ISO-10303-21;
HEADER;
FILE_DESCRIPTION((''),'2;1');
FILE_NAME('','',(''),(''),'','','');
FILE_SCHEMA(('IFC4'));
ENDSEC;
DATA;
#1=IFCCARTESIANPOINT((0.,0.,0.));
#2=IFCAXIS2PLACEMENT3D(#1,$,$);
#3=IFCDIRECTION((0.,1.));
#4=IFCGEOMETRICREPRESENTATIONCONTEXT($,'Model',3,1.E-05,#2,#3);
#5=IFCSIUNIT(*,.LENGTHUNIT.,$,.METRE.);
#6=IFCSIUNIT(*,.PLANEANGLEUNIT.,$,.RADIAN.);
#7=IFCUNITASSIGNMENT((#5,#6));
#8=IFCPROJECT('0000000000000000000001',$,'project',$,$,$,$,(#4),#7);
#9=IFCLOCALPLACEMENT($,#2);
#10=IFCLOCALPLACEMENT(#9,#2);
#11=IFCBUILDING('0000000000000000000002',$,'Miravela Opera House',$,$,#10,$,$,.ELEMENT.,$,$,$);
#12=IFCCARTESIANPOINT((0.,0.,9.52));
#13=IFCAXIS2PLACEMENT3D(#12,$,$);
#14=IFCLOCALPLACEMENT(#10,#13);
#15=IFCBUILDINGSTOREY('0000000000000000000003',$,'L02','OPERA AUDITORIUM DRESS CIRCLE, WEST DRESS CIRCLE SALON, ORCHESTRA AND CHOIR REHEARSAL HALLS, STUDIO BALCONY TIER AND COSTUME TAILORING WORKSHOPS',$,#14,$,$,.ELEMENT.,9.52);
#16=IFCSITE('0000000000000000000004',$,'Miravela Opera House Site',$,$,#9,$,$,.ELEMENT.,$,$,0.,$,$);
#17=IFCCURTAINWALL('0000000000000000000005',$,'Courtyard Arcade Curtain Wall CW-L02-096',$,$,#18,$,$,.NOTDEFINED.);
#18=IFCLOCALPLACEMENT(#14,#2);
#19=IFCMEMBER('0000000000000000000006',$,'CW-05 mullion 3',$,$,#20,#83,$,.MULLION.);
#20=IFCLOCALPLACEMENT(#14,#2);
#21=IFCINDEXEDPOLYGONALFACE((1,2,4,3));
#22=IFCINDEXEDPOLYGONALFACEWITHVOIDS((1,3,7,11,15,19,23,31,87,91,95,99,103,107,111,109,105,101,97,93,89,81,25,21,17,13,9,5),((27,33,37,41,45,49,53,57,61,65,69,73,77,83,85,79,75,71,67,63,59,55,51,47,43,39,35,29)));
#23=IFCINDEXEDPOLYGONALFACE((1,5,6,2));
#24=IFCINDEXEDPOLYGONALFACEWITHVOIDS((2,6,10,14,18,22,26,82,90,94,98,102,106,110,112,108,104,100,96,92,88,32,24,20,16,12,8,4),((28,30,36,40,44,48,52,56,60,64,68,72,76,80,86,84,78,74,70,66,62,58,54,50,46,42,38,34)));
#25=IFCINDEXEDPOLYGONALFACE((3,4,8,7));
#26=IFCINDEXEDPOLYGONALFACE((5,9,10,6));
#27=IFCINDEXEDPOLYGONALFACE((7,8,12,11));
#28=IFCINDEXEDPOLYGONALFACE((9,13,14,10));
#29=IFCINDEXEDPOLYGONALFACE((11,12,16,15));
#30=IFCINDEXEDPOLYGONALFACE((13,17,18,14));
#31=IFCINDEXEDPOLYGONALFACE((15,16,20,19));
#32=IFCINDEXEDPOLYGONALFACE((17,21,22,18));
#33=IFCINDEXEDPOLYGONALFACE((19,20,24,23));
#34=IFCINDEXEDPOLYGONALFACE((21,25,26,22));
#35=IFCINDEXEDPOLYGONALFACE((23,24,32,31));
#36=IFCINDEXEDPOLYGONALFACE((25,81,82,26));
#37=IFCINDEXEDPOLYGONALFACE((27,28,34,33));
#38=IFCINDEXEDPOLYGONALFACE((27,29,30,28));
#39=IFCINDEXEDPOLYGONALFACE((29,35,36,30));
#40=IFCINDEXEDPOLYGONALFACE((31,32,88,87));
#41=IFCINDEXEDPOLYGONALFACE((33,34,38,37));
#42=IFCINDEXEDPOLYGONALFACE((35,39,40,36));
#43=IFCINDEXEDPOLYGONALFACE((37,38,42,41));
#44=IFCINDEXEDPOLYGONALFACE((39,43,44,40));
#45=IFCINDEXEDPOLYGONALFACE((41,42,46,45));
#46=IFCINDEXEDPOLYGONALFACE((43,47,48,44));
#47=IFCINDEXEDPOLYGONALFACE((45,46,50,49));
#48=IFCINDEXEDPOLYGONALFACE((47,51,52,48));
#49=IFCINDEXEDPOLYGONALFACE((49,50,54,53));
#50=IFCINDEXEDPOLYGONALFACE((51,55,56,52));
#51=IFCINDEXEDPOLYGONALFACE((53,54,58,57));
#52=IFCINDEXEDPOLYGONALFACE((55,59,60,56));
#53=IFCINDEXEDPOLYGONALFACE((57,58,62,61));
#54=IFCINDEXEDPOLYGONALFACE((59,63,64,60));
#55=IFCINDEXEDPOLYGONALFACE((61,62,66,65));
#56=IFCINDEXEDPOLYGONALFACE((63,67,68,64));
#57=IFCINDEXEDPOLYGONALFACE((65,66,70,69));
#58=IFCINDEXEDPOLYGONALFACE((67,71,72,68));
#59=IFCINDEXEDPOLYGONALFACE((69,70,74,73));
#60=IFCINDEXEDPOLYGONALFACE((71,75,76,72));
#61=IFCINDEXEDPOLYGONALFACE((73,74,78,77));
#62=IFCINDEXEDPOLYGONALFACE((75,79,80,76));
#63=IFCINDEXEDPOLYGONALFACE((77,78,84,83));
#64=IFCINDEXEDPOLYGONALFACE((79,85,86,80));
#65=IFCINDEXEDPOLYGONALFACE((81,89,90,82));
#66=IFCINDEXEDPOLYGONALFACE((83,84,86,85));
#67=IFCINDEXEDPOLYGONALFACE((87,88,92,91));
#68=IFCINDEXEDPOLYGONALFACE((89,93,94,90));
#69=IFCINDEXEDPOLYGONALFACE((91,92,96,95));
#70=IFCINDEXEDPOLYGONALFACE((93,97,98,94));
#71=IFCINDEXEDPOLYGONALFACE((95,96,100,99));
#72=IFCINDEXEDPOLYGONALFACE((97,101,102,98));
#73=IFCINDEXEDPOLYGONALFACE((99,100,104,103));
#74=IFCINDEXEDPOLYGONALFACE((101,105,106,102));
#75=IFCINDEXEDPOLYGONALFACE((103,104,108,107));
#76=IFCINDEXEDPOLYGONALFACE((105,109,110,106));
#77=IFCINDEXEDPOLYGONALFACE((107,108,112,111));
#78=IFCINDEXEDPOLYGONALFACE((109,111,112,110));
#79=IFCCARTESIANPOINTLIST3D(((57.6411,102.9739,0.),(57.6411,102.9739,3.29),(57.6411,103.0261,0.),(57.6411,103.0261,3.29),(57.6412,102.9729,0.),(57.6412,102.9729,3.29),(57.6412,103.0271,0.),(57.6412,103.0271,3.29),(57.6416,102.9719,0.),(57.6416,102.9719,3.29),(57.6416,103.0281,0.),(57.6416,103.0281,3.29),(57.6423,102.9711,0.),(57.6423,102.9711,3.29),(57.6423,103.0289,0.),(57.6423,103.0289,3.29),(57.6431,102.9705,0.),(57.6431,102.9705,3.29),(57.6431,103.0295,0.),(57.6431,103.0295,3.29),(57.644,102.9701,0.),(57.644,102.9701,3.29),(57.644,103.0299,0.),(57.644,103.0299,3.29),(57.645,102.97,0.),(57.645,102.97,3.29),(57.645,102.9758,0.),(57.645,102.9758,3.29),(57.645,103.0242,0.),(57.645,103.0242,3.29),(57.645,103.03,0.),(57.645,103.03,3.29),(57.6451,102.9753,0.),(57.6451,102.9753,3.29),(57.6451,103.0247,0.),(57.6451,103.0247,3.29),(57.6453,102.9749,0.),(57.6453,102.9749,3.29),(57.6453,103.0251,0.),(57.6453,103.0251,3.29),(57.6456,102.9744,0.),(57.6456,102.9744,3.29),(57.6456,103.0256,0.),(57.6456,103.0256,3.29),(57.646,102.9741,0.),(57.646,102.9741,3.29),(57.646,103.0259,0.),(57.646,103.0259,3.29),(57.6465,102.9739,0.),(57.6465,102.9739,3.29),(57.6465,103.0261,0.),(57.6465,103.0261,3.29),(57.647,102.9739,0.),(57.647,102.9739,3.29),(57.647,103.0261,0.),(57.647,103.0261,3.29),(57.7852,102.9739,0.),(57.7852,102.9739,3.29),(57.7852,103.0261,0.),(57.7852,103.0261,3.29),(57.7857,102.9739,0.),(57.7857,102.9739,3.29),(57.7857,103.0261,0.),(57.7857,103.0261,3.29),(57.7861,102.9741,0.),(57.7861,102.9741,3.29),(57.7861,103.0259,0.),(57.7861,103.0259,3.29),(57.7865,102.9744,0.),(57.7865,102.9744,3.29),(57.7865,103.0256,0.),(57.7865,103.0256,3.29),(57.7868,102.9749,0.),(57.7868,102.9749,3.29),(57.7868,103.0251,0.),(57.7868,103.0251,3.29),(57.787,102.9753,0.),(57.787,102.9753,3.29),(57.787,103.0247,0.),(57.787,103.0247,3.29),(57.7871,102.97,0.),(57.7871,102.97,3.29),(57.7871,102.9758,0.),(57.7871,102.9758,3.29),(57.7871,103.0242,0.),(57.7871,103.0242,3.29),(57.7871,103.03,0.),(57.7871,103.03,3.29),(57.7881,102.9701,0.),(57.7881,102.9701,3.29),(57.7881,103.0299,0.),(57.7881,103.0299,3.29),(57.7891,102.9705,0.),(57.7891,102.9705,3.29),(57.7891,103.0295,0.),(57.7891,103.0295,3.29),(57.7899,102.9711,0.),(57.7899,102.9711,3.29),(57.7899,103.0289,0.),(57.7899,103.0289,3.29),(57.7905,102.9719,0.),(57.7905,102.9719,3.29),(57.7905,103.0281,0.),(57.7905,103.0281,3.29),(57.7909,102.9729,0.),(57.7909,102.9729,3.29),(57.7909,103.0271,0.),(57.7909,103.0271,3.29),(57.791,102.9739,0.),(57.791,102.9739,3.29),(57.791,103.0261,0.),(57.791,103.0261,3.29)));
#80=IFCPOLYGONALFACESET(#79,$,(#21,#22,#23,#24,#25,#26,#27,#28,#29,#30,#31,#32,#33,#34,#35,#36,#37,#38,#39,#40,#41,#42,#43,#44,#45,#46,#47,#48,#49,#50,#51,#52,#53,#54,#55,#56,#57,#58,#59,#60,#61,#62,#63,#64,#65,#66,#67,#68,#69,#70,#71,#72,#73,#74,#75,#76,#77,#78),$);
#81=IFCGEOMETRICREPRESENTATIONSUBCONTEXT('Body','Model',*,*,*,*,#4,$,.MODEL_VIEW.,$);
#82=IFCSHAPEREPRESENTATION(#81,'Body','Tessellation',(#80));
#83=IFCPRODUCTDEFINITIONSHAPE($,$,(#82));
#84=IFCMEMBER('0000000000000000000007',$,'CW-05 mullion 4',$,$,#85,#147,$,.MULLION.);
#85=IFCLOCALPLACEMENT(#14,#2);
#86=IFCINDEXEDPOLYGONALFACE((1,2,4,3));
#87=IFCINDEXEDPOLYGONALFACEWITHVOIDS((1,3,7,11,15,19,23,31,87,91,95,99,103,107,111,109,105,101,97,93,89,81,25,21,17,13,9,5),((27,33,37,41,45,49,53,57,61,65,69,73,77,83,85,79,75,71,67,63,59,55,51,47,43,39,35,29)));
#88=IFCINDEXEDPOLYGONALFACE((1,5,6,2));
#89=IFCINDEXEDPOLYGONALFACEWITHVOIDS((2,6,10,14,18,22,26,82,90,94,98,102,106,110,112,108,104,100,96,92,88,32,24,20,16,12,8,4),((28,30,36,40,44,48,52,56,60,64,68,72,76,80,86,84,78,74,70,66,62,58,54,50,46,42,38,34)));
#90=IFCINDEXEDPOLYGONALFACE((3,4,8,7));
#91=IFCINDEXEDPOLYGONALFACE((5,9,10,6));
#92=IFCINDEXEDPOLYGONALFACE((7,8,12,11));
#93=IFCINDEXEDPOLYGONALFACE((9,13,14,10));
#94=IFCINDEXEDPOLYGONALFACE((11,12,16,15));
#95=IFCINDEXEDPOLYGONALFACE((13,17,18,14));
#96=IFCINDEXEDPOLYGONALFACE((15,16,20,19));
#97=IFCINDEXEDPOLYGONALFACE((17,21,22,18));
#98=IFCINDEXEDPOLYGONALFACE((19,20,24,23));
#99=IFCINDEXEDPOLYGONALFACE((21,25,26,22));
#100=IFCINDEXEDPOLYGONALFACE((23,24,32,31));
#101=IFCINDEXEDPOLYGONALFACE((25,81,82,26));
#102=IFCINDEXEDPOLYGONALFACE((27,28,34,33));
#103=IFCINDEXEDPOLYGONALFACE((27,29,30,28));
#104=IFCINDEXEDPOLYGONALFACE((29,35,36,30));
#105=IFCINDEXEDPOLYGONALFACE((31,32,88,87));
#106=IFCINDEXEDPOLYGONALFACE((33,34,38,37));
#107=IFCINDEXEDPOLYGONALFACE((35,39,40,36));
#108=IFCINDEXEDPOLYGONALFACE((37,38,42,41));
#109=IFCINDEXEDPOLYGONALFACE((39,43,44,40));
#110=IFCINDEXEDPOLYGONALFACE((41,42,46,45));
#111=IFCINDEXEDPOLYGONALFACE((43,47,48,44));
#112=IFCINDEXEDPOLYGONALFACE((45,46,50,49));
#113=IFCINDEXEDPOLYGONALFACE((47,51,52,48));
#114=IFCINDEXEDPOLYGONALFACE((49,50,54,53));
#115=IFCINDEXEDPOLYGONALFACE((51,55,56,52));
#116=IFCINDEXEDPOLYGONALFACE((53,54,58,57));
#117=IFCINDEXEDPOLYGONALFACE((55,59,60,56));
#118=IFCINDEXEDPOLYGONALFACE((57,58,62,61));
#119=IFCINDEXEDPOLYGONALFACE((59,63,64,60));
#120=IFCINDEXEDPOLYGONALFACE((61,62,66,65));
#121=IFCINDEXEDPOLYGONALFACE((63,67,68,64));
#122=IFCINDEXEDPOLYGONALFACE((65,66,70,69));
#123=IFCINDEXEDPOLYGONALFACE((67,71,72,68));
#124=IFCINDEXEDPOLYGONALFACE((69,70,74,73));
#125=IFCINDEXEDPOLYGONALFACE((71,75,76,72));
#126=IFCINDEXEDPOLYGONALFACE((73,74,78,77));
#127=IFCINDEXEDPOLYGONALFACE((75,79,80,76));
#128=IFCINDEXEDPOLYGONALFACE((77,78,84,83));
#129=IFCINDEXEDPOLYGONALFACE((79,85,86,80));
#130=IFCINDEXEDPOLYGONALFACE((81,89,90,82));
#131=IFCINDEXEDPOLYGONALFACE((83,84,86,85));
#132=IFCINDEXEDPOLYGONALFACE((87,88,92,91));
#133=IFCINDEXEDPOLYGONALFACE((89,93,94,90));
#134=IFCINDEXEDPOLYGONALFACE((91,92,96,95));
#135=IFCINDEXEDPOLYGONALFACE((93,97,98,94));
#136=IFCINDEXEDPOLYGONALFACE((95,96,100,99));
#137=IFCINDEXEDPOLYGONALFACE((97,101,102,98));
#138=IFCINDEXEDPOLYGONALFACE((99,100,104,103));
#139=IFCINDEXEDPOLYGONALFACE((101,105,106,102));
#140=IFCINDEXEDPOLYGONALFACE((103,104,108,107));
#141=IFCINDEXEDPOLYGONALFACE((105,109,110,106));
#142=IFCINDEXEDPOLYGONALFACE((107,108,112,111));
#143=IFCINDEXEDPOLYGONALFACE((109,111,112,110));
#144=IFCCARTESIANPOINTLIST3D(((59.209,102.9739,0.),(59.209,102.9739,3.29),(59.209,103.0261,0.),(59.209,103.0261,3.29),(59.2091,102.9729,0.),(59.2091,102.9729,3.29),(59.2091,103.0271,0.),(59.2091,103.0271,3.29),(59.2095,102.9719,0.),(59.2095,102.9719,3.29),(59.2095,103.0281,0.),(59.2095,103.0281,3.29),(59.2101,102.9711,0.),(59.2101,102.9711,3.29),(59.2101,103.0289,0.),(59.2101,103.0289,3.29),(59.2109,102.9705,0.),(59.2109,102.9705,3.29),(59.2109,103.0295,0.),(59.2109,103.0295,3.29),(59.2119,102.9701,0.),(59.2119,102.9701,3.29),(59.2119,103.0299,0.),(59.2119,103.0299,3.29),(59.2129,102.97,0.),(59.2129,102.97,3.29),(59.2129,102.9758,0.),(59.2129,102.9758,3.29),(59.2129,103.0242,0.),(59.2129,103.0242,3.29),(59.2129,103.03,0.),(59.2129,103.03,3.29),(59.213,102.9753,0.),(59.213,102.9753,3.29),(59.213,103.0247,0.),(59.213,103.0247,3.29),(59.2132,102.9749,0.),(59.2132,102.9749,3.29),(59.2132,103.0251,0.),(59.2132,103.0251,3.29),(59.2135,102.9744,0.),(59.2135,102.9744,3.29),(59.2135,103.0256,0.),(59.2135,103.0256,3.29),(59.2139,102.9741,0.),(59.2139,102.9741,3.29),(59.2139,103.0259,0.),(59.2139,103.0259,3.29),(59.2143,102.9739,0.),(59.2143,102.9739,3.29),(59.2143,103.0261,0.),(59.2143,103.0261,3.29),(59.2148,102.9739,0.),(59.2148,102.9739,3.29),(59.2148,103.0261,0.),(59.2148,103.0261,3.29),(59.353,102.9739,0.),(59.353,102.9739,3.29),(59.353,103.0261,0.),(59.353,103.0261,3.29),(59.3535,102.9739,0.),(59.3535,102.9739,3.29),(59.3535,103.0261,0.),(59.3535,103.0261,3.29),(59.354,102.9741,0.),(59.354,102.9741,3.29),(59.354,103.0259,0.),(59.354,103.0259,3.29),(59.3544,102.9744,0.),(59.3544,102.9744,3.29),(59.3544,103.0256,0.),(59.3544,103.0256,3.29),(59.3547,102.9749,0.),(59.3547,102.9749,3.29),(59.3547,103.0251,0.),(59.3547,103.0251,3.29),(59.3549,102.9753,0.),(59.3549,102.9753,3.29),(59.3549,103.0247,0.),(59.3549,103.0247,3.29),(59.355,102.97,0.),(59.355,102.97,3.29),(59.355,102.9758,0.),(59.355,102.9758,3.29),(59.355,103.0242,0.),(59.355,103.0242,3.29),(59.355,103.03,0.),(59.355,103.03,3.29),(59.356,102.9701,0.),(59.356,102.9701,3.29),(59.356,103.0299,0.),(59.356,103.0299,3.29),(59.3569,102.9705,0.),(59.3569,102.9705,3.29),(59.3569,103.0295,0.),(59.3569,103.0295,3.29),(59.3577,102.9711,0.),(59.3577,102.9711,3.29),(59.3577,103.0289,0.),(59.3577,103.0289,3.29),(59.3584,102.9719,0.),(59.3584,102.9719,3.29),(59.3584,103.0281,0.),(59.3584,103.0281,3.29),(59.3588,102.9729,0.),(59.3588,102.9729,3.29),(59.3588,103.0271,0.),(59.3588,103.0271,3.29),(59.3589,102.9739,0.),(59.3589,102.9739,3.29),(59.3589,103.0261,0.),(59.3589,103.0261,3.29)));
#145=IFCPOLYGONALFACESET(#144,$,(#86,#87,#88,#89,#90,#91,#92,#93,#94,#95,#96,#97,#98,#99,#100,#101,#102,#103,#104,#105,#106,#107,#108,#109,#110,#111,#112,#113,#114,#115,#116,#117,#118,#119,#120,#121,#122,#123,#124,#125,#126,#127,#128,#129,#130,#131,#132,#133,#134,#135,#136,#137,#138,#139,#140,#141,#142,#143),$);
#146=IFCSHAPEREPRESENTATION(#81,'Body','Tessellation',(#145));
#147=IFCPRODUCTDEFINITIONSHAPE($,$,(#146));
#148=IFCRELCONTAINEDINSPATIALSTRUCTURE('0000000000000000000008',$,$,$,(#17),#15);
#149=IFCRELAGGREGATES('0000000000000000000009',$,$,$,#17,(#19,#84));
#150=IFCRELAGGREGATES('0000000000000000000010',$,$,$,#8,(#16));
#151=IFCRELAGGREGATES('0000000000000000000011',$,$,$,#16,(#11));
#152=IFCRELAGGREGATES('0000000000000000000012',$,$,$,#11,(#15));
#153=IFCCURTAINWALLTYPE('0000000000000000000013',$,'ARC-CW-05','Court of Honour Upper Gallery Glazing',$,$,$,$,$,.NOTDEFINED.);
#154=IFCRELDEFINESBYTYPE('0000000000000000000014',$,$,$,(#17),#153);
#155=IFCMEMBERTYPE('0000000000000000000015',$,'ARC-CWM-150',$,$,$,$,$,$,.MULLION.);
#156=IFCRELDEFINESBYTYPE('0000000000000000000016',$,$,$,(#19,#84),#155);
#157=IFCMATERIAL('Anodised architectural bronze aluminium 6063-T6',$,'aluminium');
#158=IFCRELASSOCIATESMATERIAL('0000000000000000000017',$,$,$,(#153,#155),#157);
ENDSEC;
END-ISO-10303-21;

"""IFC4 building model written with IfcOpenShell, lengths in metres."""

from ifc_helpers import new_model, si_unit, direction, frame, origin, origin_2d, place, context, subcontext, project, spatial, hollow_rectangle, extrude, material, material_profile, profile_set, type_object, element, aggregate, save


model = new_model("IFC4")

# Units and contexts
model_context = context("Model", 3, precision=1e-05, world=origin(), true_north=direction((0.0, 1.0)))
body_context = subcontext(model_context, "Body", "Model", "MODEL_VIEW")
ifc_project = project(units=[si_unit("LENGTHUNIT", "METRE"), si_unit("PLANEANGLEUNIT", "RADIAN")], contexts=[model_context])

# Site, building, storey
site_placement = place(None, origin())
site = spatial("IfcSite", under=ifc_project, at=site_placement, Name="Miravela Opera House Site", CompositionType="ELEMENT", RefElevation=0.0)
building_placement = place(site_placement, origin())
building = spatial("IfcBuilding", under=site, at=building_placement, Name="Miravela Opera House", CompositionType="ELEMENT")
storey_placement = place(building_placement, frame((0.0, 0.0, 9.52)))
storey = spatial("IfcBuildingStorey", under=building, at=storey_placement, Name="L02", Description="OPERA AUDITORIUM DRESS CIRCLE, WEST DRESS CIRCLE SALON, ORCHESTRA AND CHOIR REHEARSAL HALLS, STUDIO BALCONY TIER AND COSTUME TAILORING WORKSHOPS", CompositionType="ELEMENT", Elevation=9.52)

# Curtain wall, members
ifc_material_1 = material(Name="Anodised architectural bronze aluminium 6063-T6", Category="aluminium")
curtain_wall_type = type_object("IfcCurtainWallType", Name="ARC-CW-05", Description="Court of Honour Upper Gallery Glazing", PredefinedType="NOTDEFINED", material=ifc_material_1)
curtain_wall_placement = place(storey_placement, origin())
curtain_wall = element("IfcCurtainWall", 1, at=curtain_wall_placement, inside=storey, type_object=curtain_wall_type, Name="Courtyard Arcade Curtain Wall CW-L02-096", PredefinedType="NOTDEFINED")
ifc_material_profile_1 = material_profile(ifc_material_1, hollow_rectangle(XDim=0.0601, YDim=0.1499, WallThickness=0.0039, InnerFilletRadius=0.002, OuterFilletRadius=0.0039, at=origin_2d()), Name="CWM-60X150")
ifc_profile_set_1 = profile_set([ifc_material_profile_1])
member_type_1 = type_object("IfcMemberType", Name="ARC-CWM-150", PredefinedType="MULLION", material=ifc_profile_set_1)
member_1_placement = place(storey_placement, frame((57.7161, 103.0, 0.0), z_axis=(0.0, 0.0, 1.0), x_axis=(0.0, 1.0, 0.0)))
member_1 = element("IfcMember", 2, at=member_1_placement, type_object=member_type_1, Name="CW-05 mullion 3", PredefinedType="MULLION", context=body_context, shape_type="SweptSolid", body=[
    extrude(hollow_rectangle(XDim=0.0601, YDim=0.1499, WallThickness=0.0039, InnerFilletRadius=0.002, OuterFilletRadius=0.0039, at=origin_2d()), origin(), (0.0, 0.0, 1.0), 3.29),
])
member_2_placement = place(storey_placement, frame((59.2839, 103.0, 0.0), z_axis=(0.0, 0.0, 1.0), x_axis=(0.0, 1.0, 0.0)))
member_2 = element("IfcMember", 3, at=member_2_placement, type_object=member_type_1, Name="CW-05 mullion 4", PredefinedType="MULLION", context=body_context, shape_type="SweptSolid", body=[
    extrude(hollow_rectangle(XDim=0.0601, YDim=0.1499, WallThickness=0.0039, InnerFilletRadius=0.002, OuterFilletRadius=0.0039, at=origin_2d()), origin(), (0.0, 0.0, 1.0), 3.29),
])
aggregate(curtain_wall, [member_1, member_2])

save(model, "model.ifc")
